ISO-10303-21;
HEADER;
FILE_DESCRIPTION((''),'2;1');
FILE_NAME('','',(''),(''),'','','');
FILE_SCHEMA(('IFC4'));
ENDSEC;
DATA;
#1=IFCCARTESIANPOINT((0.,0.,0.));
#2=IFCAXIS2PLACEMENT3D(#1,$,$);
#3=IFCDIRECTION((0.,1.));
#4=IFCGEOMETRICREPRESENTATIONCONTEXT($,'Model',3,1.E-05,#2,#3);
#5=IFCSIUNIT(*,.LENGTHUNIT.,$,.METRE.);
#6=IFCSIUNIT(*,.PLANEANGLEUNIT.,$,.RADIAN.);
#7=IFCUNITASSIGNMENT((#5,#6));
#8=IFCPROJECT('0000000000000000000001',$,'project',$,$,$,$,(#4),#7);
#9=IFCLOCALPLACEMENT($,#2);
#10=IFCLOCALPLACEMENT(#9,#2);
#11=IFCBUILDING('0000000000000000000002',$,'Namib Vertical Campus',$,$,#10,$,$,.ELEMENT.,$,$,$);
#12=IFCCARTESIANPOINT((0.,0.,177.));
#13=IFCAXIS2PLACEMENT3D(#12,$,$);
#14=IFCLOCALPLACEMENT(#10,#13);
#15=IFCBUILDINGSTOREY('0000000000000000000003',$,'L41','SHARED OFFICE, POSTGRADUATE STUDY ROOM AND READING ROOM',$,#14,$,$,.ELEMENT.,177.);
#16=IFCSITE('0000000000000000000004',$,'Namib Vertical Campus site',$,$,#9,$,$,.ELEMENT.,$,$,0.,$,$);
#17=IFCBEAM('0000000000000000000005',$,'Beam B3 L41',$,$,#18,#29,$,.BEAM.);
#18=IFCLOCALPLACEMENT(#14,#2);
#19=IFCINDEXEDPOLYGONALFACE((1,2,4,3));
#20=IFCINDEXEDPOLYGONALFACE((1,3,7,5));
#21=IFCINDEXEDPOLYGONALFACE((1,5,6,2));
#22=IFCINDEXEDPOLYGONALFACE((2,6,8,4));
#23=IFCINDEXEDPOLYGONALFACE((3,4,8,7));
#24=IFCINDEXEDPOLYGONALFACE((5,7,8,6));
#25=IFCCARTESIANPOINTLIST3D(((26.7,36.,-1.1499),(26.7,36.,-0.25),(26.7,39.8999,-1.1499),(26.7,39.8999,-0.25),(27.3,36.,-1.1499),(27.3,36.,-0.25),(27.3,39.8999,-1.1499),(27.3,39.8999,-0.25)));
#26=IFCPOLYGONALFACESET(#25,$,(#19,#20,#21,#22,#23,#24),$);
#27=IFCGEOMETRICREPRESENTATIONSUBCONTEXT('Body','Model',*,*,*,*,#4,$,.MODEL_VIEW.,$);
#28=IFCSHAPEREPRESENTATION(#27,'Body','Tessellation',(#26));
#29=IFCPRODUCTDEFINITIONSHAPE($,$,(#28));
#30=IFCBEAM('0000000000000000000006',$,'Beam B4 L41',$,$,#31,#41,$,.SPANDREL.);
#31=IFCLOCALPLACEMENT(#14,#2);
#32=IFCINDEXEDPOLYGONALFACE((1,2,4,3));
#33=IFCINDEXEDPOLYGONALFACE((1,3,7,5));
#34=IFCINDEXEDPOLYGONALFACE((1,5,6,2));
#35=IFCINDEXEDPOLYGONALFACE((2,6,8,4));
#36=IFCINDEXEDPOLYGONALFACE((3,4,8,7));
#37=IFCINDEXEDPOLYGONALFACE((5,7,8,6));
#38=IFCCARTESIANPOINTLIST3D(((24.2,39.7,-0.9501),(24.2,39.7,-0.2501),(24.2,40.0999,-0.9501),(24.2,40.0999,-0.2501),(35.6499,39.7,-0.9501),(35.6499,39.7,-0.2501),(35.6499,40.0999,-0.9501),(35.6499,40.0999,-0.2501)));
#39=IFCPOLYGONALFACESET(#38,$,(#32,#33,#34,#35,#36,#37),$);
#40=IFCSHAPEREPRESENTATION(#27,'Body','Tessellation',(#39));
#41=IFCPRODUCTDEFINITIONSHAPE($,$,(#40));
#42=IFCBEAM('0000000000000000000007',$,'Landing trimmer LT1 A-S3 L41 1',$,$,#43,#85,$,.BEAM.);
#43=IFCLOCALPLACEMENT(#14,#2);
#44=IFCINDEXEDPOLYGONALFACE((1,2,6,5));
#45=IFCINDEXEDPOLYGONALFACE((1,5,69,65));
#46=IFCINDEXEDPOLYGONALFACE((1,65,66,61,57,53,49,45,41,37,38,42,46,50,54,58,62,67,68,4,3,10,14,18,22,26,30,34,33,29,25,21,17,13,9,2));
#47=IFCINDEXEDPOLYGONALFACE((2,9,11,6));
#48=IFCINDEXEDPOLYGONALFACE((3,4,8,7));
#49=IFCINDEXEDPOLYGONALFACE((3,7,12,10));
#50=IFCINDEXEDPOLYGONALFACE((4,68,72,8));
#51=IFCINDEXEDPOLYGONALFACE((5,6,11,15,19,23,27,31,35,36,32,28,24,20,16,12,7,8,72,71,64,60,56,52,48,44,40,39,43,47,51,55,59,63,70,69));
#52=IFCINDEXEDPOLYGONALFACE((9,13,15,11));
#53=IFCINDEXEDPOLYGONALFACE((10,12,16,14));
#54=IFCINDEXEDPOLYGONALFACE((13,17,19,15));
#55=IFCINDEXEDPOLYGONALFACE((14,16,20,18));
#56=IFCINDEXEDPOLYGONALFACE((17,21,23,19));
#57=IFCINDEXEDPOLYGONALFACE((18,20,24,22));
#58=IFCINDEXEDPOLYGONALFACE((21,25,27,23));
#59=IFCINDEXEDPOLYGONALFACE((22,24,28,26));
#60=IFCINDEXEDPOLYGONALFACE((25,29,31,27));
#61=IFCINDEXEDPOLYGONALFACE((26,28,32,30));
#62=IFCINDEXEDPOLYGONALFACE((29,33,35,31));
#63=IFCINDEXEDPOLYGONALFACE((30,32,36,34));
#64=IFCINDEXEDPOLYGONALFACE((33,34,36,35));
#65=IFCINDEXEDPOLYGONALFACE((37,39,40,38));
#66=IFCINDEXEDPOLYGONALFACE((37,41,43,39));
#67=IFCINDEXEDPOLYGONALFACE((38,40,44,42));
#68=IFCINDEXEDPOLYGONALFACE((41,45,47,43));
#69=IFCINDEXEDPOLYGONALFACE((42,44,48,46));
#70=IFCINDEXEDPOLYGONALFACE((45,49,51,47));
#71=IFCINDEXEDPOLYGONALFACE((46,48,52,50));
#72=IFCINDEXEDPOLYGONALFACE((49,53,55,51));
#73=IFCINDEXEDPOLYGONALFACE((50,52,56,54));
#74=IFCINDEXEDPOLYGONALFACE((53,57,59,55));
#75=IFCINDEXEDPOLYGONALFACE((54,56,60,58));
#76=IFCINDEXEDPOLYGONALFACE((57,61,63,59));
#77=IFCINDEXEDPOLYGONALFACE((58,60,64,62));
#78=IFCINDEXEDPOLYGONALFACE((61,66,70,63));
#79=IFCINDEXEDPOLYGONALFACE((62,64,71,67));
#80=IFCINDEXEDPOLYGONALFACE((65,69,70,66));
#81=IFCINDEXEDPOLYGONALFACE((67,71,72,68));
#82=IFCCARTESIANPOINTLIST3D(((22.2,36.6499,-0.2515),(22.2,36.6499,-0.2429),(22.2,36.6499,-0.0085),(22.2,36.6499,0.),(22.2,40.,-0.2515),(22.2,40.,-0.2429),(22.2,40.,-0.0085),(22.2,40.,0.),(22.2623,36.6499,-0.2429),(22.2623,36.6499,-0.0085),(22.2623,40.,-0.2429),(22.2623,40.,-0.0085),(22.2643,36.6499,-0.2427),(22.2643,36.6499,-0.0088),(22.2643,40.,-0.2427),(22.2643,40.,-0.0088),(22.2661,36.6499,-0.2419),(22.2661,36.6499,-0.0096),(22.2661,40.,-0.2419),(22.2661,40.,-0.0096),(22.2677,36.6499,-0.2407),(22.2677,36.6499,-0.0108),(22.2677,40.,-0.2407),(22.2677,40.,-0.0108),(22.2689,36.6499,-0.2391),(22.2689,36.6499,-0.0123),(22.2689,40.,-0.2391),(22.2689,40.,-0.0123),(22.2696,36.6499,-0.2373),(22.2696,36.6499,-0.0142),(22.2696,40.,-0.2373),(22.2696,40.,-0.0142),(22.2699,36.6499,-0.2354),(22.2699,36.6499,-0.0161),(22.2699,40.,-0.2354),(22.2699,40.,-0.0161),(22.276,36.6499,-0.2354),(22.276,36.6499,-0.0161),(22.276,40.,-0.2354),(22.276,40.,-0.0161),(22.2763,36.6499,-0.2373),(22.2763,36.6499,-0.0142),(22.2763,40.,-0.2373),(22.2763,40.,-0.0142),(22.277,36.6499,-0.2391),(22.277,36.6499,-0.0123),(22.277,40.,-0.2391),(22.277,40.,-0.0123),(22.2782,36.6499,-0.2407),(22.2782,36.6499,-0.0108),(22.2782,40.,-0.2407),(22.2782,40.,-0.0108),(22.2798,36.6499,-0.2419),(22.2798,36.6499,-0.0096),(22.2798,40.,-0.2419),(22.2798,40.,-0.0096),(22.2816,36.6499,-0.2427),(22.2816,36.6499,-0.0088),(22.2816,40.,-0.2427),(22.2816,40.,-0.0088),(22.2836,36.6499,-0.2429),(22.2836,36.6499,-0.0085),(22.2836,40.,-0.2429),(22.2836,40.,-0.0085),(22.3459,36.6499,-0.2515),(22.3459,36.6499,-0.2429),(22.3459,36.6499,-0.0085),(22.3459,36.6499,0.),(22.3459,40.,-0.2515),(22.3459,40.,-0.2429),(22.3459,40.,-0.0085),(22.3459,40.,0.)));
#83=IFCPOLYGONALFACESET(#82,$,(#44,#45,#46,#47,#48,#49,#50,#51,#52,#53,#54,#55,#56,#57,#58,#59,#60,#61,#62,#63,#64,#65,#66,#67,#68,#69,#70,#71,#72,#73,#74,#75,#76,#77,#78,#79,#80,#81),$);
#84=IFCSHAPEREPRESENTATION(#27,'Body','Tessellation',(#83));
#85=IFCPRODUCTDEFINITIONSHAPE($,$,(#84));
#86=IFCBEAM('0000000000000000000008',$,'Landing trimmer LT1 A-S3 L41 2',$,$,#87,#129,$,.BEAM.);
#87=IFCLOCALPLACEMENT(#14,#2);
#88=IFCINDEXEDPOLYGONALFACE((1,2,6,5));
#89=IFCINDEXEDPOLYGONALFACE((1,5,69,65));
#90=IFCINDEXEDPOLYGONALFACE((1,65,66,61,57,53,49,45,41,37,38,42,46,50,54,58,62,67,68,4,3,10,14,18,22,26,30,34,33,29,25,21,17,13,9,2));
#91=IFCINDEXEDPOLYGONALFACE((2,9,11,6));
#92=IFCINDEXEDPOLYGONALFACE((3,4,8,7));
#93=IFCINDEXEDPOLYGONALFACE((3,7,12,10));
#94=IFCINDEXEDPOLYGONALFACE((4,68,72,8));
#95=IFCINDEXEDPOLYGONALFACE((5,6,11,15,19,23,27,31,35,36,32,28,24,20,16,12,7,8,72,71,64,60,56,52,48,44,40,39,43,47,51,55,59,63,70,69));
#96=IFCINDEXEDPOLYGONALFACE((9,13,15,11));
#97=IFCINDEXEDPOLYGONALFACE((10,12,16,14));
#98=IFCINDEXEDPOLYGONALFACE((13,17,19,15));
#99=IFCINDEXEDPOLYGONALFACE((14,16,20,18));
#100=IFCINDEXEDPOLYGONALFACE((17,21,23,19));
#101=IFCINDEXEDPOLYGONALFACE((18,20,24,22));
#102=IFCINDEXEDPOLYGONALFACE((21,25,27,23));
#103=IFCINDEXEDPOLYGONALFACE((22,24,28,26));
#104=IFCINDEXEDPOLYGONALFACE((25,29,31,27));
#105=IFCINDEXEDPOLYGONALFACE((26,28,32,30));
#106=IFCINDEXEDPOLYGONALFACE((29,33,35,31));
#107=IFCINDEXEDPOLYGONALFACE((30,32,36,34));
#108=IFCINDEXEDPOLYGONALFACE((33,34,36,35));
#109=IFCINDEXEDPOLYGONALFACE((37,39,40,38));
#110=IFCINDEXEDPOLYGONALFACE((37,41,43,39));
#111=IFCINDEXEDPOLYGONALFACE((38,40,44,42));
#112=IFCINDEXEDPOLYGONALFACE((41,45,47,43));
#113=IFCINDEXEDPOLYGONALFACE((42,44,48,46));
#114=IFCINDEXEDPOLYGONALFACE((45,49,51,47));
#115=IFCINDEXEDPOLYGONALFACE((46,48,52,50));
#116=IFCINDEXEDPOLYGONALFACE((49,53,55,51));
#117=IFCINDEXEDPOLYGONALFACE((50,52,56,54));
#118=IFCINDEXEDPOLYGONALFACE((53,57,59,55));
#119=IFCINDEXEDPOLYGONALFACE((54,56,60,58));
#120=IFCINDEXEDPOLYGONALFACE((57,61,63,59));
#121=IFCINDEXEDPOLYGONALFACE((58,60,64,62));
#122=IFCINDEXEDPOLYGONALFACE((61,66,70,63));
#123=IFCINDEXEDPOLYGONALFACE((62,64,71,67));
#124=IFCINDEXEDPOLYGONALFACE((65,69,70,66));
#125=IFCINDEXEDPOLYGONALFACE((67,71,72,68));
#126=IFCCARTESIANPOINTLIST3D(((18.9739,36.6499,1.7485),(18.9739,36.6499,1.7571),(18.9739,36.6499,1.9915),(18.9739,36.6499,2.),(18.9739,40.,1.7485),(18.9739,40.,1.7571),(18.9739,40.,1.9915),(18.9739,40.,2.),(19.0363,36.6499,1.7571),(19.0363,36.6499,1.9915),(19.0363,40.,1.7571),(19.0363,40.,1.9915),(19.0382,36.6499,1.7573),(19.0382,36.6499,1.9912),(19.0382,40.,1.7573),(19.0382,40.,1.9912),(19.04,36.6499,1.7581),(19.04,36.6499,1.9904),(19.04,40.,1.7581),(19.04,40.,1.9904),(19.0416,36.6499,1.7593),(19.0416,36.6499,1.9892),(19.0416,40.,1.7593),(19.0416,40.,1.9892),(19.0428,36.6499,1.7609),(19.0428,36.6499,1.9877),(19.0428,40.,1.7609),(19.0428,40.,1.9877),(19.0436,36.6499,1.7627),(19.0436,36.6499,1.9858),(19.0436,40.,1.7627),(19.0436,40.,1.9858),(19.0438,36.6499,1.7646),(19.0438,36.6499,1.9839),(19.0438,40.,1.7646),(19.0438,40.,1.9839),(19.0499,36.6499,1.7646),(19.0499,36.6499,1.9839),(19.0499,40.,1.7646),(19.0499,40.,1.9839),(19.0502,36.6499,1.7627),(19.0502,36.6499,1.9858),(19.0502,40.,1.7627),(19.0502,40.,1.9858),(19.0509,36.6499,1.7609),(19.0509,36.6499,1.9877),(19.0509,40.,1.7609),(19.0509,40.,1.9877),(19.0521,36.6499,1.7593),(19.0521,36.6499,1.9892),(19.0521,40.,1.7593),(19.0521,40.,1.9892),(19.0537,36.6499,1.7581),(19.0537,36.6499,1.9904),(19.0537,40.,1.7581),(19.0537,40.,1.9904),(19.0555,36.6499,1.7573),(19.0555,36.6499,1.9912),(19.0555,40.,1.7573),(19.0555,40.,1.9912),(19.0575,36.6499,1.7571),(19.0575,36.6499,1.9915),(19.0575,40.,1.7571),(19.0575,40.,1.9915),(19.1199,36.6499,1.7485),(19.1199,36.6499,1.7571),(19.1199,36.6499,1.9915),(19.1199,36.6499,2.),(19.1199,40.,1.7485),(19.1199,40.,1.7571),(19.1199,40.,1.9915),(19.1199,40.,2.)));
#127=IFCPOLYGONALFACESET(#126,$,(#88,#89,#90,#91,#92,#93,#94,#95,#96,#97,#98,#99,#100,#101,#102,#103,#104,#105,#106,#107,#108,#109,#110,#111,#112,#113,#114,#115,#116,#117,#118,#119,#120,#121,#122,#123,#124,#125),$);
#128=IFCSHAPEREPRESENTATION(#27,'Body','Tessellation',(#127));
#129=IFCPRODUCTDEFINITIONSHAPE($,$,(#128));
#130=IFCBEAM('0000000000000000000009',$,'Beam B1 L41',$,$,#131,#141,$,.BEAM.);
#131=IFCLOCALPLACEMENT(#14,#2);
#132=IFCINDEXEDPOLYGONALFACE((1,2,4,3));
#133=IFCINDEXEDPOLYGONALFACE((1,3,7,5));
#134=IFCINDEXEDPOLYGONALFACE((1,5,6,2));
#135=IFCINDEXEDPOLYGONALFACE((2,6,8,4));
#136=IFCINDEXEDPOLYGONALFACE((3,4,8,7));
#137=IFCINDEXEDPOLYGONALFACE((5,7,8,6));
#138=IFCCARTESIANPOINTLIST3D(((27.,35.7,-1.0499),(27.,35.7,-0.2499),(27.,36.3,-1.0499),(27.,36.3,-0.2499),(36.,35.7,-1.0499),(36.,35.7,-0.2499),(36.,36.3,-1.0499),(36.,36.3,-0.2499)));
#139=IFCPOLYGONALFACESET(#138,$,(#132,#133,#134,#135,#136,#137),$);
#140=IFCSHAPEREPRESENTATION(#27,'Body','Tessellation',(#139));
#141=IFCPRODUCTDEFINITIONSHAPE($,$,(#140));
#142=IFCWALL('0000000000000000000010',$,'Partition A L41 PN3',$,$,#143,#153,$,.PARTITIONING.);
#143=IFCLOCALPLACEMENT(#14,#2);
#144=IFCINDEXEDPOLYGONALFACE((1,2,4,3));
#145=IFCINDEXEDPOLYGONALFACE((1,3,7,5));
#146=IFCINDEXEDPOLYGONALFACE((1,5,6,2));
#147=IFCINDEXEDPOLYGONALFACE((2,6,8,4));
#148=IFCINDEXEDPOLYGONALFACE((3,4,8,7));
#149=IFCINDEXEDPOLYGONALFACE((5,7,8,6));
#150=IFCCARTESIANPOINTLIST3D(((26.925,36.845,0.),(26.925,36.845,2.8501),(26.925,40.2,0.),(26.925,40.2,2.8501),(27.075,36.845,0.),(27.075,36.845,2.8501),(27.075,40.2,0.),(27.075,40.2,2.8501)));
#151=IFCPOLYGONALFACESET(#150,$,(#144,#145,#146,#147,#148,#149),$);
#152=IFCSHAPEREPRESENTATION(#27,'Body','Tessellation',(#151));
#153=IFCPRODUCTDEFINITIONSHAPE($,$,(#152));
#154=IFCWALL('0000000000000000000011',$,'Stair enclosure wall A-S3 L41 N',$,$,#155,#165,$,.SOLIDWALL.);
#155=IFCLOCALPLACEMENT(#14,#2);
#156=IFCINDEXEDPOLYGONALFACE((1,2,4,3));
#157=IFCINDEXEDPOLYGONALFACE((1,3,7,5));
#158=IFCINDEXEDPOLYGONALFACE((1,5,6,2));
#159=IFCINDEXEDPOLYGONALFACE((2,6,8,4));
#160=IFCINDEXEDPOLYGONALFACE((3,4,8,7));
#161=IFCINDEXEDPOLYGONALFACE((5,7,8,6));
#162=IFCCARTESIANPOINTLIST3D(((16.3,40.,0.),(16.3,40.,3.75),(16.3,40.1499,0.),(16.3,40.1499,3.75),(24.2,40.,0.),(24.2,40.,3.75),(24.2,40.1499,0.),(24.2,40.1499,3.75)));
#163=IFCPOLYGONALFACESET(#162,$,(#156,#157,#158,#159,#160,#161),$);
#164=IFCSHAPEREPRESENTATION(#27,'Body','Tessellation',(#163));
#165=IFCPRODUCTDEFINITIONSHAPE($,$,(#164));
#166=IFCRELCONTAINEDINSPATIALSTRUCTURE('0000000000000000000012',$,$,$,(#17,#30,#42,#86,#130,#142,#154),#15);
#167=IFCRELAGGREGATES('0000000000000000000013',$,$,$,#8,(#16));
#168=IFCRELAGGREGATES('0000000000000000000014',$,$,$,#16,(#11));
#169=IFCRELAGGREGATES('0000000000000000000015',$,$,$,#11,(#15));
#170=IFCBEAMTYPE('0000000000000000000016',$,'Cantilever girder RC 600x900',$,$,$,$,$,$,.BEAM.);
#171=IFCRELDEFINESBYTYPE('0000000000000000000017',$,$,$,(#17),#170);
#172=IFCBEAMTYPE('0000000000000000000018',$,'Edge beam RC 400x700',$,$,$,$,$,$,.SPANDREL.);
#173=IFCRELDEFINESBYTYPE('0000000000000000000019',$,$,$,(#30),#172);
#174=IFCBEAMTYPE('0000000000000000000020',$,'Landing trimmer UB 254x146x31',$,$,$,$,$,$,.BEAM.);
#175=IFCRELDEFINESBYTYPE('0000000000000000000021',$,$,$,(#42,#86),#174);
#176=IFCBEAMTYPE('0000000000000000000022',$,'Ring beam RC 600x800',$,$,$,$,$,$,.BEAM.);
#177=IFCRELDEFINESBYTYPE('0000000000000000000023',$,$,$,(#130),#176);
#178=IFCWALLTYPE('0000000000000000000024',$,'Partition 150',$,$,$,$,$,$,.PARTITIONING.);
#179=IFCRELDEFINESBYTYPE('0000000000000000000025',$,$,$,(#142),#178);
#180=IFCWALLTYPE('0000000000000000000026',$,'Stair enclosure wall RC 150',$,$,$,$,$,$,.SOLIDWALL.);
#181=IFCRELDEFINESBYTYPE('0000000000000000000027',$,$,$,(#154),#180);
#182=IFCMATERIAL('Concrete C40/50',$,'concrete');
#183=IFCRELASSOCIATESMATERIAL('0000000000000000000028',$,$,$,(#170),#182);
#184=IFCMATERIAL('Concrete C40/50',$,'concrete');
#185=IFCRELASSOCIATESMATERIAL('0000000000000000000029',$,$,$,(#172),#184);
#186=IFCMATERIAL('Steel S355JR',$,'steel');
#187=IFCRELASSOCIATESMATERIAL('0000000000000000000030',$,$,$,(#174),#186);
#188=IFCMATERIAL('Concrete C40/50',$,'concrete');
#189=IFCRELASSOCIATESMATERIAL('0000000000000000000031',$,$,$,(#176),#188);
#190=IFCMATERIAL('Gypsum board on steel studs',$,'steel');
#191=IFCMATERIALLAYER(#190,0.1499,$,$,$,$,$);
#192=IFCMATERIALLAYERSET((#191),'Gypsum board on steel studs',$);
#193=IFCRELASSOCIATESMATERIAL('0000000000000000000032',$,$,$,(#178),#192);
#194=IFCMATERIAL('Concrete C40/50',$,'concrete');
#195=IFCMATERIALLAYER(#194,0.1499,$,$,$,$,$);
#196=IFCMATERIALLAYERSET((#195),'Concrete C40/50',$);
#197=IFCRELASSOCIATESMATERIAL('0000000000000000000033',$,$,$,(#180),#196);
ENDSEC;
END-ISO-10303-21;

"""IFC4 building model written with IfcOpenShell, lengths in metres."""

from ifc_helpers import new_model, si_unit, direction, frame, frame_2d, origin, origin_2d, place, context, subcontext, project, spatial, rectangle, i_section, extrude, material, layer, layer_set, material_profile, profile_set, type_object, element, save


model = new_model("IFC4")

# Units and contexts
model_context = context("Model", 3, precision=1e-05, world=origin(), true_north=direction((0.0, 1.0)))
body_context = subcontext(model_context, "Body", "Model", "MODEL_VIEW")
ifc_project = project(units=[si_unit("LENGTHUNIT", "METRE"), si_unit("PLANEANGLEUNIT", "RADIAN")], contexts=[model_context])

# Site, building, storey
site_placement = place(None, origin())
site = spatial("IfcSite", under=ifc_project, at=site_placement, Name="Namib Vertical Campus site", CompositionType="ELEMENT", RefElevation=0.0)
building_placement = place(site_placement, origin())
building = spatial("IfcBuilding", under=site, at=building_placement, Name="Namib Vertical Campus", CompositionType="ELEMENT")
storey_placement = place(building_placement, frame((0.0, 0.0, 177.0)))
storey = spatial("IfcBuildingStorey", under=building, at=storey_placement, Name="L41", Description="SHARED OFFICE, POSTGRADUATE STUDY ROOM AND READING ROOM", CompositionType="ELEMENT", Elevation=177.0)

# Beams
ifc_material_1 = material(Name="Concrete C40/50", Category="concrete")
ifc_material_profile_1 = material_profile(ifc_material_1, rectangle(XDim=0.6001, YDim=0.8999, at=origin_2d()))
ifc_profile_set_1 = profile_set([ifc_material_profile_1], Name="Concrete C40/50")
beam_type_1 = type_object("IfcBeamType", Name="Cantilever girder RC 600x900", PredefinedType="BEAM", material=ifc_profile_set_1)
beam_1_placement = place(storey_placement, frame((27.0, 36.0, -0.7), z_axis=(0.0, 1.0, 0.0), x_axis=(-1.0, 0.0, 0.0)))
element("IfcBeam", 1, at=beam_1_placement, inside=storey, type_object=beam_type_1, Name="Beam B3 L41", PredefinedType="BEAM", context=body_context, shape_type="SweptSolid", body=[
    extrude(rectangle(XDim=0.6001, YDim=0.8999, at=origin_2d()), origin(), (0.0, 0.0, 1.0), 3.8999),
])
ifc_material_2 = material(Name="Concrete C40/50", Category="concrete")
ifc_material_profile_2 = material_profile(ifc_material_2, rectangle(XDim=0.3999, YDim=0.7, at=origin_2d()))
ifc_profile_set_2 = profile_set([ifc_material_profile_2], Name="Concrete C40/50")
beam_type_2 = type_object("IfcBeamType", Name="Edge beam RC 400x700", PredefinedType="SPANDREL", material=ifc_profile_set_2)
beam_2_placement = place(storey_placement, frame((24.2, 39.8999, -0.6001), z_axis=(1.0, 0.0, 0.0), x_axis=(0.0, 1.0, 0.0)))
element("IfcBeam", 2, at=beam_2_placement, inside=storey, type_object=beam_type_2, Name="Beam B4 L41", PredefinedType="SPANDREL", context=body_context, shape_type="SweptSolid", body=[
    extrude(rectangle(XDim=0.3999, YDim=0.7, at=origin_2d()), origin(), (0.0, 0.0, 1.0), 11.45),
])
ifc_material_3 = material(Name="Steel S355JR", Category="steel")
ifc_material_profile_3 = material_profile(ifc_material_3, i_section(OverallWidth=0.146, OverallDepth=0.2515, WebThickness=0.0061, FlangeThickness=0.0085, FilletRadius=0.0076, at=origin_2d()))
ifc_profile_set_3 = profile_set([ifc_material_profile_3], Name="Steel S355JR")
beam_type_3 = type_object("IfcBeamType", Name="Landing trimmer UB 254x146x31", PredefinedType="BEAM", material=ifc_profile_set_3)
for number, where, z_axis, x_axis, name in (
    (3, (22.2729, 36.6499, -0.1257), (0.0, 1.0, 0.0), (-1.0, 0.0, 0.0), "Landing trimmer LT1 A-S3 L41 1"),
    (4, (19.0469, 36.6499, 1.8743), (0.0, 1.0, 0.0), (-1.0, 0.0, 0.0), "Landing trimmer LT1 A-S3 L41 2"),
):
    element("IfcBeam", number, at=place(storey_placement, frame(where, z_axis=z_axis, x_axis=x_axis)), inside=storey, type_object=beam_type_3, Name=name, PredefinedType="BEAM", context=body_context, shape_type="SweptSolid", body=[
        extrude(i_section(OverallWidth=0.146, OverallDepth=0.2515, WebThickness=0.0061, FlangeThickness=0.0085, FilletRadius=0.0076, at=origin_2d()), origin(), (0.0, 0.0, 1.0), 3.3501),
    ])
ifc_material_4 = material(Name="Concrete C40/50", Category="concrete")
ifc_material_profile_4 = material_profile(ifc_material_4, rectangle(XDim=0.6001, YDim=0.8, at=origin_2d()))
ifc_profile_set_4 = profile_set([ifc_material_profile_4], Name="Concrete C40/50")
beam_type_4 = type_object("IfcBeamType", Name="Ring beam RC 600x800", PredefinedType="BEAM", material=ifc_profile_set_4)
beam_3_placement = place(storey_placement, frame((27.0, 36.0, -0.6499), z_axis=(1.0, 0.0, 0.0), x_axis=(0.0, 1.0, 0.0)))
element("IfcBeam", 5, at=beam_3_placement, inside=storey, type_object=beam_type_4, Name="Beam B1 L41", PredefinedType="BEAM", context=body_context, shape_type="SweptSolid", body=[
    extrude(rectangle(XDim=0.6001, YDim=0.8, at=origin_2d()), origin(), (0.0, 0.0, 1.0), 9.0),
])

# Walls
ifc_material_5 = material(Name="Gypsum board on steel studs", Category="steel")
ifc_layer_1 = layer(ifc_material_5, 0.1499)
ifc_layer_set_1 = layer_set([ifc_layer_1], Name="Gypsum board on steel studs")
wall_type_1 = type_object("IfcWallType", Name="Partition 150", PredefinedType="PARTITIONING", material=ifc_layer_set_1)
wall_1_placement = place(storey_placement, frame((27.0, 36.845, 0.0), z_axis=(0.0, 0.0, 1.0), x_axis=(0.0, 1.0, 0.0)))
element("IfcWall", 6, at=wall_1_placement, inside=storey, type_object=wall_type_1, Name="Partition A L41 PN3", PredefinedType="PARTITIONING", context=body_context, shape_type="SweptSolid", body=[
    extrude(rectangle(XDim=3.355, YDim=0.1499, at=frame_2d((1.6775, 0.0))), origin(), (0.0, 0.0, 1.0), 2.8501),
])
ifc_material_6 = material(Name="Concrete C40/50", Category="concrete")
ifc_layer_2 = layer(ifc_material_6, 0.1499)
ifc_layer_set_2 = layer_set([ifc_layer_2], Name="Concrete C40/50")
wall_type_2 = type_object("IfcWallType", Name="Stair enclosure wall RC 150", PredefinedType="SOLIDWALL", material=ifc_layer_set_2)
wall_2_placement = place(storey_placement, frame((16.3, 40.075, 0.0), z_axis=(0.0, 0.0, 1.0), x_axis=(1.0, 0.0, 0.0)))
element("IfcWall", 7, at=wall_2_placement, inside=storey, type_object=wall_type_2, Name="Stair enclosure wall A-S3 L41 N", PredefinedType="SOLIDWALL", context=body_context, shape_type="SweptSolid", body=[
    extrude(rectangle(XDim=7.8999, YDim=0.1499, at=frame_2d((3.95, 0.0))), origin(), (0.0, 0.0, 1.0), 3.75),
])

save(model, "model.ifc")
